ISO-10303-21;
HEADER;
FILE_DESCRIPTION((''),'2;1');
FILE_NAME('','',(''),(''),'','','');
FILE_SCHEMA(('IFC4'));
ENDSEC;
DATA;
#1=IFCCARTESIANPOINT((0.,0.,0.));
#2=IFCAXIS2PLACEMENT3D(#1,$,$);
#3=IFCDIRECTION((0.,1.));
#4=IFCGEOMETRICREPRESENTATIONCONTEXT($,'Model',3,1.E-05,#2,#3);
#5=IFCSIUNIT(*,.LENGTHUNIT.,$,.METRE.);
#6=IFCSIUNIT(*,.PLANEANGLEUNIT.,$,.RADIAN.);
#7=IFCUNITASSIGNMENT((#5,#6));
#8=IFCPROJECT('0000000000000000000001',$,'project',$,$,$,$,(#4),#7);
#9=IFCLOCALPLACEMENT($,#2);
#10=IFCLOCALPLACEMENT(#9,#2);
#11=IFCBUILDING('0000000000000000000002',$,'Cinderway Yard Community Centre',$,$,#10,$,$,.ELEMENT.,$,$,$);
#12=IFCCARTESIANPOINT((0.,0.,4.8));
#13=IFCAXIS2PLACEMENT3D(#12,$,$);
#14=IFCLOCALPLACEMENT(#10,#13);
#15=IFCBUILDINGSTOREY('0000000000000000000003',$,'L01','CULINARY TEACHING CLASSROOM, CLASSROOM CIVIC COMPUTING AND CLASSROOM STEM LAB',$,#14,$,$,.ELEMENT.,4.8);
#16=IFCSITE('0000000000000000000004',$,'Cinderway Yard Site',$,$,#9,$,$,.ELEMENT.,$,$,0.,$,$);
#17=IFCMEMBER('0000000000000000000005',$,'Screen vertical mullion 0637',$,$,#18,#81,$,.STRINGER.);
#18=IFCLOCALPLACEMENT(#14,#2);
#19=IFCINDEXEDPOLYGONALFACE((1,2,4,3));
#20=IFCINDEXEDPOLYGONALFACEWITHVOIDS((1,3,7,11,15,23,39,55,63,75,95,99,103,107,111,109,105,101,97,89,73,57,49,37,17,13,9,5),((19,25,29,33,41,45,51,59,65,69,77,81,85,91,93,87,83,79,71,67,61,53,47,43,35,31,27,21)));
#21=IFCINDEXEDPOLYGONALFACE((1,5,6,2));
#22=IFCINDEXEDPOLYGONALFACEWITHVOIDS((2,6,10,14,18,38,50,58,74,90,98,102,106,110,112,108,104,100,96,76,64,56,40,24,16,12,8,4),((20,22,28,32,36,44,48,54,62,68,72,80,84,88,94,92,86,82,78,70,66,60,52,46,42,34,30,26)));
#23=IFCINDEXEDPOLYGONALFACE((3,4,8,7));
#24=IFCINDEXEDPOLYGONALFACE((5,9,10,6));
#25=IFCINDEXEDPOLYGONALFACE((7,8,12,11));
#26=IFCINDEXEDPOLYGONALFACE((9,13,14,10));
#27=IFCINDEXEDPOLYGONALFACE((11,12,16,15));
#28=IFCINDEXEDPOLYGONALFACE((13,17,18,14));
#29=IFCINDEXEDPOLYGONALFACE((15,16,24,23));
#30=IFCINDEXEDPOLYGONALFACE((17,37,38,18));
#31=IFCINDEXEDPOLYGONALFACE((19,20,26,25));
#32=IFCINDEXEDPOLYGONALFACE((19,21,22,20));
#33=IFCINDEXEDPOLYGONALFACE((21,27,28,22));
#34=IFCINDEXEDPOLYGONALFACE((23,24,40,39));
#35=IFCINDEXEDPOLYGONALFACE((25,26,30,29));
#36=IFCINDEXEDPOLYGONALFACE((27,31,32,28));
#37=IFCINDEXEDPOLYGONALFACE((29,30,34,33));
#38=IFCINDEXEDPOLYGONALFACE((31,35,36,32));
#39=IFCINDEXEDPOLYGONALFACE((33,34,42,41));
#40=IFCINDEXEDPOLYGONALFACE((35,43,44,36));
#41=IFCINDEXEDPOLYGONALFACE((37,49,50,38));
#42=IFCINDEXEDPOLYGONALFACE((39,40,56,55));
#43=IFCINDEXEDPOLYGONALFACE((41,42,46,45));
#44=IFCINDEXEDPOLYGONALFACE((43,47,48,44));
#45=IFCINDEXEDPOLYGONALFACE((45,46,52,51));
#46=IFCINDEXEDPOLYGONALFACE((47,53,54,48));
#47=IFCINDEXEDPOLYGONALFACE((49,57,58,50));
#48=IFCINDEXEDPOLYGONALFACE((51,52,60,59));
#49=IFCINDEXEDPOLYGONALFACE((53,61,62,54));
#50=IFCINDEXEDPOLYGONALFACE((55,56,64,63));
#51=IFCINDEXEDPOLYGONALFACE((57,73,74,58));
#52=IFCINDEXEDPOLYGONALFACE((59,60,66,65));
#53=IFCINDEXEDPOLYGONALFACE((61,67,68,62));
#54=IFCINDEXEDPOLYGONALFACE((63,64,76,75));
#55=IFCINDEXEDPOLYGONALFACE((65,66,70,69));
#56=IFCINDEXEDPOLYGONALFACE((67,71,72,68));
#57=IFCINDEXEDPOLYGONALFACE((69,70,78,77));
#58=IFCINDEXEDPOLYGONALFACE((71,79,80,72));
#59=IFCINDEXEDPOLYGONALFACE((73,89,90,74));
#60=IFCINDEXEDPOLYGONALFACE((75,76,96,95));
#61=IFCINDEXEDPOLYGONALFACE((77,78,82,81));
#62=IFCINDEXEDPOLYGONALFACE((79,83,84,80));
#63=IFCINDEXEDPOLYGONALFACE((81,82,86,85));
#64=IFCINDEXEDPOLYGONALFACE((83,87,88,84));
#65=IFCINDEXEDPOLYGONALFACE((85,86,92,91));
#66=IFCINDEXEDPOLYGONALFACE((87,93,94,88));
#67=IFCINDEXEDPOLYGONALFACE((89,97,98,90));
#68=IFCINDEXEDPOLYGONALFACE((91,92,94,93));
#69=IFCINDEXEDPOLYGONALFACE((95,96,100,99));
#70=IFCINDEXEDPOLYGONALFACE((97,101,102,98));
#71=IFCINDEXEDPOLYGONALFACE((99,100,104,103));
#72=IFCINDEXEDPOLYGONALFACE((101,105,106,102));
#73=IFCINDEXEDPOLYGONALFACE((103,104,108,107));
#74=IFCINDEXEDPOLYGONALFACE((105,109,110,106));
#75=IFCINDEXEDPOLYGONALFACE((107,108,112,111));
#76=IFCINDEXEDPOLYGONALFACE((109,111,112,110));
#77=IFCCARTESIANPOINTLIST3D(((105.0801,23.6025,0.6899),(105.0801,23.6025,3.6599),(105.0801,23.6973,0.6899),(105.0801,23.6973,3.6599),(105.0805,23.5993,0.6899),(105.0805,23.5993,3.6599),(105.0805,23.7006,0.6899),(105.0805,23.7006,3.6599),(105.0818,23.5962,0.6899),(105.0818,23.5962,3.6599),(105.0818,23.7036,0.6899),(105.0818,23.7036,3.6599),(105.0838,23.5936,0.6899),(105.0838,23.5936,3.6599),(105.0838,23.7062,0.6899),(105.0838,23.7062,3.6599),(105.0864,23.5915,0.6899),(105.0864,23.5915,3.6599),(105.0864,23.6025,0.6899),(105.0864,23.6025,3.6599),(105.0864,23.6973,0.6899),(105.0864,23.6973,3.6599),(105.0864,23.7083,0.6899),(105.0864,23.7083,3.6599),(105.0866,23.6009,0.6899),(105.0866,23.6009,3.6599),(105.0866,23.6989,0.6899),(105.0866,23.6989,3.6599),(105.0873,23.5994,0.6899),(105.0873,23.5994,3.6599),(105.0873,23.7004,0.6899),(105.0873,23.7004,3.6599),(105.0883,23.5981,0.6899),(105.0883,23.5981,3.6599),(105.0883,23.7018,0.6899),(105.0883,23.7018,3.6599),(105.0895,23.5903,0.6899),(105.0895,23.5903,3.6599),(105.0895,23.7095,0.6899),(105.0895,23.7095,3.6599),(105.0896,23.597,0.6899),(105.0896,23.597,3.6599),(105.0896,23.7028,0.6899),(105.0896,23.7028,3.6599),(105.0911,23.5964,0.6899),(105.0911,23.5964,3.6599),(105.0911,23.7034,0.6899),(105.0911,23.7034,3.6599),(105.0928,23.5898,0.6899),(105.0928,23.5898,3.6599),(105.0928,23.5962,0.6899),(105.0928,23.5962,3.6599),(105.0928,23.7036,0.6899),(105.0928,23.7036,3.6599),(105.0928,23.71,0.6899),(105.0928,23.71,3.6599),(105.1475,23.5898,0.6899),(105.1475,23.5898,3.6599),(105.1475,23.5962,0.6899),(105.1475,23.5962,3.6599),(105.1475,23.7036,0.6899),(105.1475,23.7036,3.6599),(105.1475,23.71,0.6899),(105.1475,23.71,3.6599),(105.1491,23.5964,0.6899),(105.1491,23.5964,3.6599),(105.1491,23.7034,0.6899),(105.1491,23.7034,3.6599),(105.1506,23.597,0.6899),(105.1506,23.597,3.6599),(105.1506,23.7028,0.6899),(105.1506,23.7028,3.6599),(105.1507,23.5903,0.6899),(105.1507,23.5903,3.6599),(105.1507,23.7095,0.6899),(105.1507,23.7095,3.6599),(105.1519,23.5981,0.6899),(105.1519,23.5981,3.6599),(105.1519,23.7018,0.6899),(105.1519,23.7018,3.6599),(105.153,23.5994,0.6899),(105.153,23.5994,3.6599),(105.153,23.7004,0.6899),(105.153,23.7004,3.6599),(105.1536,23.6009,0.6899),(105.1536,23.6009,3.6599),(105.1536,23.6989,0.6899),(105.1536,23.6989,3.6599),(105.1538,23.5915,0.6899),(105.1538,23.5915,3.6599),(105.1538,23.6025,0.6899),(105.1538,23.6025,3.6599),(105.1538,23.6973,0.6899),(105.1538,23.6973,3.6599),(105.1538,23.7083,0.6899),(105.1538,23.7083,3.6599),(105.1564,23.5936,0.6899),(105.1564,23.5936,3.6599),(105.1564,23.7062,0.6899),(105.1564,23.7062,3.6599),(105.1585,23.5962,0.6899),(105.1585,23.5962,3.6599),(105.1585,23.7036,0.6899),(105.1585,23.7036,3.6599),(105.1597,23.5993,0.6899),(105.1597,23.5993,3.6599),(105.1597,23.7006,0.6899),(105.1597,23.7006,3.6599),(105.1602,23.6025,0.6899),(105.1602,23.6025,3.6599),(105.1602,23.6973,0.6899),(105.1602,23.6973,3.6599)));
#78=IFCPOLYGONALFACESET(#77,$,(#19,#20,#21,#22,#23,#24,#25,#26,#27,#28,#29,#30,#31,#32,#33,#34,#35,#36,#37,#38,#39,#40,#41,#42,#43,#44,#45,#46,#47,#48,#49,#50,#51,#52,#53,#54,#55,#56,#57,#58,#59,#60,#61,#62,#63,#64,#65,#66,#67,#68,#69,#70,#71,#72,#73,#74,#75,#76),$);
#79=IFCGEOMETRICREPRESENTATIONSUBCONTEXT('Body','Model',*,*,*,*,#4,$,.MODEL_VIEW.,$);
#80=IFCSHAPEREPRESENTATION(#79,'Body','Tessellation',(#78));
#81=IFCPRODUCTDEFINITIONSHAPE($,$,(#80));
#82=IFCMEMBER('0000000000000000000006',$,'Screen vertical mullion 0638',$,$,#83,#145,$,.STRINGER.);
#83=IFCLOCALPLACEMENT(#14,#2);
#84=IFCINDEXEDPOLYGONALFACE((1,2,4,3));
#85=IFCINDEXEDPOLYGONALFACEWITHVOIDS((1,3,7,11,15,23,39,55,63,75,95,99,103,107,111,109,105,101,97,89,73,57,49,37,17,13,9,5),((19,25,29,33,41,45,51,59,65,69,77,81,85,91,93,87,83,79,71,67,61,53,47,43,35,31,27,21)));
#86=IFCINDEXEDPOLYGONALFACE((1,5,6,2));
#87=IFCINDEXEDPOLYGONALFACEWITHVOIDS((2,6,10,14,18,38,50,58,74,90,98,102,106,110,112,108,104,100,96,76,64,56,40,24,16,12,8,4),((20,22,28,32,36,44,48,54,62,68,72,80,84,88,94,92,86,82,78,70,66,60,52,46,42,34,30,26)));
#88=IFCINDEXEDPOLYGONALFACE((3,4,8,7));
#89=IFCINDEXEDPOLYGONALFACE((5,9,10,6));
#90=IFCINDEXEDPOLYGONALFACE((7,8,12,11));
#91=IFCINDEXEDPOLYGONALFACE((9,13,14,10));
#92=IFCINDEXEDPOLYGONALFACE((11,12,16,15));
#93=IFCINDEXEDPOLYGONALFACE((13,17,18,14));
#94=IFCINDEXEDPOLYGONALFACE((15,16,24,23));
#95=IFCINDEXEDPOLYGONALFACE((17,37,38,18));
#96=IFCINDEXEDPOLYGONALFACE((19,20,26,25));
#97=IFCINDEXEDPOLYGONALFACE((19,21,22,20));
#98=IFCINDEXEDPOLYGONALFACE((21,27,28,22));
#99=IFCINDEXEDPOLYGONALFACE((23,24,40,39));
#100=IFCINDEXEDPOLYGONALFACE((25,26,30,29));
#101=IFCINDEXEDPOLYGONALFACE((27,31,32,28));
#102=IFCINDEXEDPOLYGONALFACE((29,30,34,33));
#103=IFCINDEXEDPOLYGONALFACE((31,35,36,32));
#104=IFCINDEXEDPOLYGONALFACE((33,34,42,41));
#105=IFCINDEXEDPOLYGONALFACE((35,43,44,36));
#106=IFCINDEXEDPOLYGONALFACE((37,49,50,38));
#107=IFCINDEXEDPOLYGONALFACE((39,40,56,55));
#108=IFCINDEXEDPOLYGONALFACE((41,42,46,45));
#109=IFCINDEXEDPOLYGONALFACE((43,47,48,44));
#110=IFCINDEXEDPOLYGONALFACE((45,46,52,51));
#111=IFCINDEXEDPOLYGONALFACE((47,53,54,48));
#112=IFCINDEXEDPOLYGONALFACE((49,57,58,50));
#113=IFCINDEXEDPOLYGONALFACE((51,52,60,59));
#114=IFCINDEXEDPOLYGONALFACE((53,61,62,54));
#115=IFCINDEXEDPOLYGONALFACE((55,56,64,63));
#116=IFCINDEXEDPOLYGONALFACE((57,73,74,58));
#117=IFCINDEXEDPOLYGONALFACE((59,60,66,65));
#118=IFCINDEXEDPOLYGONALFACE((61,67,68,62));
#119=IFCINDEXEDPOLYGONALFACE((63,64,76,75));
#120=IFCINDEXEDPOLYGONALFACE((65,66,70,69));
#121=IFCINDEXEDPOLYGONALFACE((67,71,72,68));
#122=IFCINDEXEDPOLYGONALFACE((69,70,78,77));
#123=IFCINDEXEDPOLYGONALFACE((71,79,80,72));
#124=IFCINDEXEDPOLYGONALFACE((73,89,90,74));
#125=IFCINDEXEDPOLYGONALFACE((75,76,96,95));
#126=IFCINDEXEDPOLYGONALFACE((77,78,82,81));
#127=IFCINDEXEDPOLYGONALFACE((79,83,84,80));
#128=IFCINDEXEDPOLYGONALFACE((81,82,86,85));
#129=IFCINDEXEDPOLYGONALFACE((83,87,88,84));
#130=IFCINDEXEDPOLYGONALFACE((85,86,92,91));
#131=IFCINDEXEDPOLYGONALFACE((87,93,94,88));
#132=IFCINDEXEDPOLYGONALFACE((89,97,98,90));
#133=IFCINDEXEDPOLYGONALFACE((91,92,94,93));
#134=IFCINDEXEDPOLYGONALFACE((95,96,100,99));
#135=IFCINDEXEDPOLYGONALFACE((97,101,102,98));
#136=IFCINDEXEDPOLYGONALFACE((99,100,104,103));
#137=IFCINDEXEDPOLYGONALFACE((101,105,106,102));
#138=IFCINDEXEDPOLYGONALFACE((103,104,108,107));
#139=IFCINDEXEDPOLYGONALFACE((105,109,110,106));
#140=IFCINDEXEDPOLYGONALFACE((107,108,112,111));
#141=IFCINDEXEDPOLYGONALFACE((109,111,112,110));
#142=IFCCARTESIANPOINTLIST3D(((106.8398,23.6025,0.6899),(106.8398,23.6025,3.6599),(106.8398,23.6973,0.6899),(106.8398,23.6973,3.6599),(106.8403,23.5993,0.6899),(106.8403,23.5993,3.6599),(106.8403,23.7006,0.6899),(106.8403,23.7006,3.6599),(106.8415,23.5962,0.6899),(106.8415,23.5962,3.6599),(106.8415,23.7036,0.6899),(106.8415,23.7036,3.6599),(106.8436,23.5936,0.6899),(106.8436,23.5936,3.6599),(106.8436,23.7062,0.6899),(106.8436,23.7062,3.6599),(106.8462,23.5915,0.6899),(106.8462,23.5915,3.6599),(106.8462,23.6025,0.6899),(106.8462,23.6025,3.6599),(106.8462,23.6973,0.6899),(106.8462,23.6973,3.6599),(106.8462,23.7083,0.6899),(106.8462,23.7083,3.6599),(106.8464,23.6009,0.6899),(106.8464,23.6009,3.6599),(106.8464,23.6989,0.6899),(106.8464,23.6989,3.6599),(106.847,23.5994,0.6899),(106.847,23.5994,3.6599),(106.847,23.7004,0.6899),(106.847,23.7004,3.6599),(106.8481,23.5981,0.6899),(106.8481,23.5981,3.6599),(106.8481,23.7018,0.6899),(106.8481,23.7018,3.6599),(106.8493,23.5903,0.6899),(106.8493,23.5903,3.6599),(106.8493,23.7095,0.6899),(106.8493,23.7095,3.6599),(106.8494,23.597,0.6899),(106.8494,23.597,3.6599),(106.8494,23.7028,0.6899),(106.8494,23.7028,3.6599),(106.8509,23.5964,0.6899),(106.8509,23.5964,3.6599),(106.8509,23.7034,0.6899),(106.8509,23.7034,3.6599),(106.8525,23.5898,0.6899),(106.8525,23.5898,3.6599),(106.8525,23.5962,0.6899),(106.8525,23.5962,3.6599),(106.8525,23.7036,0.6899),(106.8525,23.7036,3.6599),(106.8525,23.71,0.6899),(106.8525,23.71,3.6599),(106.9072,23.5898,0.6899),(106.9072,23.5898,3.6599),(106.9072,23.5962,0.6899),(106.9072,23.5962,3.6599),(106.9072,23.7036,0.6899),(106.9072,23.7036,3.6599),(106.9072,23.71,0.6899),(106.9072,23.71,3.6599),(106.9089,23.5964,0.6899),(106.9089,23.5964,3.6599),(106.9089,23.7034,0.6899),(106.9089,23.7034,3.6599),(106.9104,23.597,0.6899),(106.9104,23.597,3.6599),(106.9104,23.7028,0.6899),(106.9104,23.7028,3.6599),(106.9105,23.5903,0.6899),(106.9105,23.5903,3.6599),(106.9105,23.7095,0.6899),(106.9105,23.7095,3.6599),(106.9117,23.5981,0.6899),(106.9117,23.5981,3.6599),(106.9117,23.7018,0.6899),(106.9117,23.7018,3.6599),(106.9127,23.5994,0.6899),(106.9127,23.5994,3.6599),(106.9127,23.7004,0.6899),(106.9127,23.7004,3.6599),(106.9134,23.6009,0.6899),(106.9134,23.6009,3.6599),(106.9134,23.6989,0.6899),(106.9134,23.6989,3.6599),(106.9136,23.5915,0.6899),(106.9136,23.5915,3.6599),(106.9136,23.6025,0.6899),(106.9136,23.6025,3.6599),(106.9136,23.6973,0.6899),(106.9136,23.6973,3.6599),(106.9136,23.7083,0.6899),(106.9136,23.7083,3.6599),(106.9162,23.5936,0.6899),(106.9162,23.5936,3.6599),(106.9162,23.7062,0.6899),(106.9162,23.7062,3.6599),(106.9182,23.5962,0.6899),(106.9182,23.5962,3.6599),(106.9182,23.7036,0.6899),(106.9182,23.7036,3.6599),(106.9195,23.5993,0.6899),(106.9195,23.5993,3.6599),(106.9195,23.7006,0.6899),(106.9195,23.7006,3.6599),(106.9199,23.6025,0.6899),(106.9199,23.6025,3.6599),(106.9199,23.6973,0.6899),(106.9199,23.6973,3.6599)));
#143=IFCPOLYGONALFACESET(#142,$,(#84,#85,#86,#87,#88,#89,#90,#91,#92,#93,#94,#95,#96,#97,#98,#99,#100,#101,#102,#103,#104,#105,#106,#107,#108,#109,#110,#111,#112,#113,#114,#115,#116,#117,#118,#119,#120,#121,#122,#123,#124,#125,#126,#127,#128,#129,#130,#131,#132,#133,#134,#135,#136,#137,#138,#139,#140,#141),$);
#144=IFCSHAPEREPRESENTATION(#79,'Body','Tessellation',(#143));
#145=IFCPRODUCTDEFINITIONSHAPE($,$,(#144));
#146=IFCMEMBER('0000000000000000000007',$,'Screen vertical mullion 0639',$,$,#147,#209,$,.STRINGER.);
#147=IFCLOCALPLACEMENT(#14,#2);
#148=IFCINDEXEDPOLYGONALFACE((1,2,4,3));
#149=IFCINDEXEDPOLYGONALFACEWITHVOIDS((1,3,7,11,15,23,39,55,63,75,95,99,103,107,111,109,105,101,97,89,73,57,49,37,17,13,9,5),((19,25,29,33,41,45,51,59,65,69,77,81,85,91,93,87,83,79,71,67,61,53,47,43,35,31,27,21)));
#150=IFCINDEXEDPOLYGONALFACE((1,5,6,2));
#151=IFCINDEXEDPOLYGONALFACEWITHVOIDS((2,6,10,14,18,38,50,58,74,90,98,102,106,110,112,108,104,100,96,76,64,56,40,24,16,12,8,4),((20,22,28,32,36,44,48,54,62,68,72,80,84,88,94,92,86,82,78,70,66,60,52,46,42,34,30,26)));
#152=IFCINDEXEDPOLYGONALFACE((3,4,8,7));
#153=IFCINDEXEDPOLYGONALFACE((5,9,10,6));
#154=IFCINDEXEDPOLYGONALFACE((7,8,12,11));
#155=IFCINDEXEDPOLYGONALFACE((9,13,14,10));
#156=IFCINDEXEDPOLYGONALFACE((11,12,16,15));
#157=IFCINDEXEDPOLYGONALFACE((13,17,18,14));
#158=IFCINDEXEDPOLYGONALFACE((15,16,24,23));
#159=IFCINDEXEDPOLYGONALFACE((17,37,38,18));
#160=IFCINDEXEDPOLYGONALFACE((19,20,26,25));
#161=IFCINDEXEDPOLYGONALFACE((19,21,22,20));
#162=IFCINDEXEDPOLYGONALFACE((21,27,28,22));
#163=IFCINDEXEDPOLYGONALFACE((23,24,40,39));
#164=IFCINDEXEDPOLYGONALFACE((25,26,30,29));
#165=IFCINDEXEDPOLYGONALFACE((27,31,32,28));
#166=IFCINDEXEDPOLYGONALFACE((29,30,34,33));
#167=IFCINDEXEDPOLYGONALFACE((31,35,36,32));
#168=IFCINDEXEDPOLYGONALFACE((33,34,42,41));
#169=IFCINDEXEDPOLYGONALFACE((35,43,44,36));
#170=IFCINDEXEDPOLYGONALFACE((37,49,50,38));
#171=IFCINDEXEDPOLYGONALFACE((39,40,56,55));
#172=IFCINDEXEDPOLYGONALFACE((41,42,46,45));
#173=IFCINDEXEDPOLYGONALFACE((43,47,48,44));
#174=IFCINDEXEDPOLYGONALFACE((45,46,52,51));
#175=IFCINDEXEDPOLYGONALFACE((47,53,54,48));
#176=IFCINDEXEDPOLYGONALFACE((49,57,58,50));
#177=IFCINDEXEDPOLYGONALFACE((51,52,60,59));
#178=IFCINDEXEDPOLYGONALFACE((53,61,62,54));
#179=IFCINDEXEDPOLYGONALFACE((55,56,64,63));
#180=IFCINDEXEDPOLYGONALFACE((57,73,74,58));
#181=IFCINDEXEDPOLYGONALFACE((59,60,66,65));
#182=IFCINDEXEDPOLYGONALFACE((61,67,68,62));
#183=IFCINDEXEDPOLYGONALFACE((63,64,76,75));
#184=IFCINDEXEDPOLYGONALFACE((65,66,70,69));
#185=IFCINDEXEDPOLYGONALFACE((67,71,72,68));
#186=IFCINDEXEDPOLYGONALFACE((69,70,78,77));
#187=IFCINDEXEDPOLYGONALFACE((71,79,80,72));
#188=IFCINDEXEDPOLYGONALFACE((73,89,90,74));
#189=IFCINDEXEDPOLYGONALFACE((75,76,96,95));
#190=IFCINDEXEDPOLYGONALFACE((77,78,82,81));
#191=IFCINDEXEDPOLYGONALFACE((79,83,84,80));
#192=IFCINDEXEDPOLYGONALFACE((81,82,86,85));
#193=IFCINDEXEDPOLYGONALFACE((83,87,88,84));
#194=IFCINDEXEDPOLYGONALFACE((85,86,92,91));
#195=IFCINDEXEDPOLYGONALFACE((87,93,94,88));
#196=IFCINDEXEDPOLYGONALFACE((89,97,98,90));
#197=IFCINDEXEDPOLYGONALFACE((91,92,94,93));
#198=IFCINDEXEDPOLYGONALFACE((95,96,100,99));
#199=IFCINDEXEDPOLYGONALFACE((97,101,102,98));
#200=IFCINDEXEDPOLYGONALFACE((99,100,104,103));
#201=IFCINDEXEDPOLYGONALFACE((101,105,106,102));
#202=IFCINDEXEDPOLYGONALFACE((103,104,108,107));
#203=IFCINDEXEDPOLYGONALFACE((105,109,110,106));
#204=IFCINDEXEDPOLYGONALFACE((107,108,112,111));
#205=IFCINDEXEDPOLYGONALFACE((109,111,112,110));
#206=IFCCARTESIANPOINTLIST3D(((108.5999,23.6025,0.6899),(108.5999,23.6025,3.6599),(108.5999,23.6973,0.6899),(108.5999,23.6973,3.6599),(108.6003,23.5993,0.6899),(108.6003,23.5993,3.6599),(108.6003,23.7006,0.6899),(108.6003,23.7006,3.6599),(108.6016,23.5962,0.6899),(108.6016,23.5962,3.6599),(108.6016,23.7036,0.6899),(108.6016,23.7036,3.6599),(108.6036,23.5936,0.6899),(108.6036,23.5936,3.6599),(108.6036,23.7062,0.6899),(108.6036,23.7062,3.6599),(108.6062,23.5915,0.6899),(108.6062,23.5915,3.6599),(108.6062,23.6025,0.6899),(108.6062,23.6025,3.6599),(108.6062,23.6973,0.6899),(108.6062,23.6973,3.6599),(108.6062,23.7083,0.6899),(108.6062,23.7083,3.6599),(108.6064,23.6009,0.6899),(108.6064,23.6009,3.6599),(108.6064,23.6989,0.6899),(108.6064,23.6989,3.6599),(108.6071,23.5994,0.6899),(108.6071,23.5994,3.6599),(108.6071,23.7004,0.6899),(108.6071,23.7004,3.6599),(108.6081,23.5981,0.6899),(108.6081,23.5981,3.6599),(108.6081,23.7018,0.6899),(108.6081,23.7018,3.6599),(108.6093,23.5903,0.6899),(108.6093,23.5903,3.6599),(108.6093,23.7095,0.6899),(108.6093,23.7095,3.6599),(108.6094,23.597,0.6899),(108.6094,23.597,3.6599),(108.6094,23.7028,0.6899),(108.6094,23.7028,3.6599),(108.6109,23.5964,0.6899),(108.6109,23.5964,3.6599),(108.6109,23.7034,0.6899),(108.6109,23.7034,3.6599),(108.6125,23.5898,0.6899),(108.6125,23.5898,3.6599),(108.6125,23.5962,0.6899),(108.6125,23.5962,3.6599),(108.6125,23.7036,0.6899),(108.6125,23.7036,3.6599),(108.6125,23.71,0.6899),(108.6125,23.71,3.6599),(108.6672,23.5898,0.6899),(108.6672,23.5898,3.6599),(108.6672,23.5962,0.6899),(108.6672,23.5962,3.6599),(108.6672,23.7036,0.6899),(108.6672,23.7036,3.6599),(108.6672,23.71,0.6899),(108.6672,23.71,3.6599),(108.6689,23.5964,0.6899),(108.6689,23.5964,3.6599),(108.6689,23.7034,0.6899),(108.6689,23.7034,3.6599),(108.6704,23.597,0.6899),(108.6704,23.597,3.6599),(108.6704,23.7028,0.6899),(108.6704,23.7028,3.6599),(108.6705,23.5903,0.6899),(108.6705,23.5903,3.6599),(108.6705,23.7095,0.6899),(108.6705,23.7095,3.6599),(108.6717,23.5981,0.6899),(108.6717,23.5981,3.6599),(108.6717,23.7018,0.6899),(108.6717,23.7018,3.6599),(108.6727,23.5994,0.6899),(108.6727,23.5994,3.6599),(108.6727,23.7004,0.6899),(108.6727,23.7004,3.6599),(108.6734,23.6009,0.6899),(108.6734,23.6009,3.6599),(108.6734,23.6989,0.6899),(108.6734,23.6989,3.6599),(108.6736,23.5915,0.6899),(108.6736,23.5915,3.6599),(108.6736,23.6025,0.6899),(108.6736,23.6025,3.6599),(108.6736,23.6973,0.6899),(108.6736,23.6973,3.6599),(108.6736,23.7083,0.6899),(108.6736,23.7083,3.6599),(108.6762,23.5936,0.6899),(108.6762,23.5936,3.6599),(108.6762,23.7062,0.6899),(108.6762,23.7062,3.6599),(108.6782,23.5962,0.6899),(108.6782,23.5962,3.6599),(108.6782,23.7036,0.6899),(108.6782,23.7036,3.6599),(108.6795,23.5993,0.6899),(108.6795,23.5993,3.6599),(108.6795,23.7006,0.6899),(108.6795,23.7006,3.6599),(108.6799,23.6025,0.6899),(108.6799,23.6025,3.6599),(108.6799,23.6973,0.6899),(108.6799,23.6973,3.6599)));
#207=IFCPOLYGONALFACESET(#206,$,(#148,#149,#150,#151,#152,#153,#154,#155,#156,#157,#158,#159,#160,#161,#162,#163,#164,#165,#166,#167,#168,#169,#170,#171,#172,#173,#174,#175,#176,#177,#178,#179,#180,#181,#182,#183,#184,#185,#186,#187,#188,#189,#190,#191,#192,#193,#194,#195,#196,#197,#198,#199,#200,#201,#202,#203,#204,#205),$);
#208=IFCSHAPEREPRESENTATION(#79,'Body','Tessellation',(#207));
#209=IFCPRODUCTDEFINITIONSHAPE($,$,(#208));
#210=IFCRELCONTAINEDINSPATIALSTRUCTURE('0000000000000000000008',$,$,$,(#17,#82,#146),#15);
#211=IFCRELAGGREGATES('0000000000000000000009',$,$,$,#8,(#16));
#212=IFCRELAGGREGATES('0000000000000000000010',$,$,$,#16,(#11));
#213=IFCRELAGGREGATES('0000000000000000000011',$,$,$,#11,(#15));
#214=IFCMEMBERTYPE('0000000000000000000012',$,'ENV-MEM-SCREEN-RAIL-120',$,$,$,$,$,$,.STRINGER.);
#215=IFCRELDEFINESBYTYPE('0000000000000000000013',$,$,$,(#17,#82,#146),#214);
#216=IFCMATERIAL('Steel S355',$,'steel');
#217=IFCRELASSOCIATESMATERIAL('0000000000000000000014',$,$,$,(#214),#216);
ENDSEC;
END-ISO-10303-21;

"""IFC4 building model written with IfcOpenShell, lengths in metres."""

from ifc_helpers import new_model, si_unit, direction, frame, origin, origin_2d, place, context, subcontext, project, spatial, hollow_rectangle, extrude, material, material_profile, profile_set, type_object, element, save


model = new_model("IFC4")

# Units and contexts
model_context = context("Model", 3, precision=1e-05, world=origin(), true_north=direction((0.0, 1.0)))
body_context = subcontext(model_context, "Body", "Model", "MODEL_VIEW")
ifc_project = project(units=[si_unit("LENGTHUNIT", "METRE"), si_unit("PLANEANGLEUNIT", "RADIAN")], contexts=[model_context])

# Site, building, storey
site_placement = place(None, origin())
site = spatial("IfcSite", under=ifc_project, at=site_placement, Name="Cinderway Yard Site", CompositionType="ELEMENT", RefElevation=0.0)
building_placement = place(site_placement, origin())
building = spatial("IfcBuilding", under=site, at=building_placement, Name="Cinderway Yard Community Centre", CompositionType="ELEMENT")
storey_placement = place(building_placement, frame((0.0, 0.0, 4.8)))
storey = spatial("IfcBuildingStorey", under=building, at=storey_placement, Name="L01", Description="CULINARY TEACHING CLASSROOM, CLASSROOM CIVIC COMPUTING AND CLASSROOM STEM LAB", CompositionType="ELEMENT", Elevation=4.8)

# Members
ifc_material_1 = material(Name="Steel S355", Category="steel")
ifc_material_profile_1 = material_profile(ifc_material_1, hollow_rectangle(XDim=0.0801, YDim=0.1201, WallThickness=0.0063, InnerFilletRadius=0.0063, OuterFilletRadius=0.0127, at=origin_2d()), Name="Steel S355")
ifc_profile_set_1 = profile_set([ifc_material_profile_1], Name="Steel S355")
member_type_1 = type_object("IfcMemberType", Name="ENV-MEM-SCREEN-RAIL-120", PredefinedType="STRINGER", material=ifc_profile_set_1)
for number, where, z_axis, x_axis, name in (
    (1, (105.1201, 23.6499, 0.6899), (0.0, 0.0, 1.0), (1.0, 0.0, 0.0), "Screen vertical mullion 0637"),
    (2, (106.8799, 23.6499, 0.6899), (0.0, 0.0, 1.0), (1.0, 0.0, 0.0), "Screen vertical mullion 0638"),
    (3, (108.6399, 23.6499, 0.6899), (0.0, 0.0, 1.0), (1.0, 0.0, 0.0), "Screen vertical mullion 0639"),
):
    element("IfcMember", number, at=place(storey_placement, frame(where, z_axis=z_axis, x_axis=x_axis)), inside=storey, type_object=member_type_1, Name=name, PredefinedType="STRINGER", context=body_context, shape_type="SweptSolid", body=[
        extrude(hollow_rectangle(XDim=0.0801, YDim=0.1201, WallThickness=0.0063, InnerFilletRadius=0.0063, OuterFilletRadius=0.0127, at=origin_2d()), origin(), (0.0, 0.0, 1.0), 2.97),
    ])

save(model, "model.ifc")
